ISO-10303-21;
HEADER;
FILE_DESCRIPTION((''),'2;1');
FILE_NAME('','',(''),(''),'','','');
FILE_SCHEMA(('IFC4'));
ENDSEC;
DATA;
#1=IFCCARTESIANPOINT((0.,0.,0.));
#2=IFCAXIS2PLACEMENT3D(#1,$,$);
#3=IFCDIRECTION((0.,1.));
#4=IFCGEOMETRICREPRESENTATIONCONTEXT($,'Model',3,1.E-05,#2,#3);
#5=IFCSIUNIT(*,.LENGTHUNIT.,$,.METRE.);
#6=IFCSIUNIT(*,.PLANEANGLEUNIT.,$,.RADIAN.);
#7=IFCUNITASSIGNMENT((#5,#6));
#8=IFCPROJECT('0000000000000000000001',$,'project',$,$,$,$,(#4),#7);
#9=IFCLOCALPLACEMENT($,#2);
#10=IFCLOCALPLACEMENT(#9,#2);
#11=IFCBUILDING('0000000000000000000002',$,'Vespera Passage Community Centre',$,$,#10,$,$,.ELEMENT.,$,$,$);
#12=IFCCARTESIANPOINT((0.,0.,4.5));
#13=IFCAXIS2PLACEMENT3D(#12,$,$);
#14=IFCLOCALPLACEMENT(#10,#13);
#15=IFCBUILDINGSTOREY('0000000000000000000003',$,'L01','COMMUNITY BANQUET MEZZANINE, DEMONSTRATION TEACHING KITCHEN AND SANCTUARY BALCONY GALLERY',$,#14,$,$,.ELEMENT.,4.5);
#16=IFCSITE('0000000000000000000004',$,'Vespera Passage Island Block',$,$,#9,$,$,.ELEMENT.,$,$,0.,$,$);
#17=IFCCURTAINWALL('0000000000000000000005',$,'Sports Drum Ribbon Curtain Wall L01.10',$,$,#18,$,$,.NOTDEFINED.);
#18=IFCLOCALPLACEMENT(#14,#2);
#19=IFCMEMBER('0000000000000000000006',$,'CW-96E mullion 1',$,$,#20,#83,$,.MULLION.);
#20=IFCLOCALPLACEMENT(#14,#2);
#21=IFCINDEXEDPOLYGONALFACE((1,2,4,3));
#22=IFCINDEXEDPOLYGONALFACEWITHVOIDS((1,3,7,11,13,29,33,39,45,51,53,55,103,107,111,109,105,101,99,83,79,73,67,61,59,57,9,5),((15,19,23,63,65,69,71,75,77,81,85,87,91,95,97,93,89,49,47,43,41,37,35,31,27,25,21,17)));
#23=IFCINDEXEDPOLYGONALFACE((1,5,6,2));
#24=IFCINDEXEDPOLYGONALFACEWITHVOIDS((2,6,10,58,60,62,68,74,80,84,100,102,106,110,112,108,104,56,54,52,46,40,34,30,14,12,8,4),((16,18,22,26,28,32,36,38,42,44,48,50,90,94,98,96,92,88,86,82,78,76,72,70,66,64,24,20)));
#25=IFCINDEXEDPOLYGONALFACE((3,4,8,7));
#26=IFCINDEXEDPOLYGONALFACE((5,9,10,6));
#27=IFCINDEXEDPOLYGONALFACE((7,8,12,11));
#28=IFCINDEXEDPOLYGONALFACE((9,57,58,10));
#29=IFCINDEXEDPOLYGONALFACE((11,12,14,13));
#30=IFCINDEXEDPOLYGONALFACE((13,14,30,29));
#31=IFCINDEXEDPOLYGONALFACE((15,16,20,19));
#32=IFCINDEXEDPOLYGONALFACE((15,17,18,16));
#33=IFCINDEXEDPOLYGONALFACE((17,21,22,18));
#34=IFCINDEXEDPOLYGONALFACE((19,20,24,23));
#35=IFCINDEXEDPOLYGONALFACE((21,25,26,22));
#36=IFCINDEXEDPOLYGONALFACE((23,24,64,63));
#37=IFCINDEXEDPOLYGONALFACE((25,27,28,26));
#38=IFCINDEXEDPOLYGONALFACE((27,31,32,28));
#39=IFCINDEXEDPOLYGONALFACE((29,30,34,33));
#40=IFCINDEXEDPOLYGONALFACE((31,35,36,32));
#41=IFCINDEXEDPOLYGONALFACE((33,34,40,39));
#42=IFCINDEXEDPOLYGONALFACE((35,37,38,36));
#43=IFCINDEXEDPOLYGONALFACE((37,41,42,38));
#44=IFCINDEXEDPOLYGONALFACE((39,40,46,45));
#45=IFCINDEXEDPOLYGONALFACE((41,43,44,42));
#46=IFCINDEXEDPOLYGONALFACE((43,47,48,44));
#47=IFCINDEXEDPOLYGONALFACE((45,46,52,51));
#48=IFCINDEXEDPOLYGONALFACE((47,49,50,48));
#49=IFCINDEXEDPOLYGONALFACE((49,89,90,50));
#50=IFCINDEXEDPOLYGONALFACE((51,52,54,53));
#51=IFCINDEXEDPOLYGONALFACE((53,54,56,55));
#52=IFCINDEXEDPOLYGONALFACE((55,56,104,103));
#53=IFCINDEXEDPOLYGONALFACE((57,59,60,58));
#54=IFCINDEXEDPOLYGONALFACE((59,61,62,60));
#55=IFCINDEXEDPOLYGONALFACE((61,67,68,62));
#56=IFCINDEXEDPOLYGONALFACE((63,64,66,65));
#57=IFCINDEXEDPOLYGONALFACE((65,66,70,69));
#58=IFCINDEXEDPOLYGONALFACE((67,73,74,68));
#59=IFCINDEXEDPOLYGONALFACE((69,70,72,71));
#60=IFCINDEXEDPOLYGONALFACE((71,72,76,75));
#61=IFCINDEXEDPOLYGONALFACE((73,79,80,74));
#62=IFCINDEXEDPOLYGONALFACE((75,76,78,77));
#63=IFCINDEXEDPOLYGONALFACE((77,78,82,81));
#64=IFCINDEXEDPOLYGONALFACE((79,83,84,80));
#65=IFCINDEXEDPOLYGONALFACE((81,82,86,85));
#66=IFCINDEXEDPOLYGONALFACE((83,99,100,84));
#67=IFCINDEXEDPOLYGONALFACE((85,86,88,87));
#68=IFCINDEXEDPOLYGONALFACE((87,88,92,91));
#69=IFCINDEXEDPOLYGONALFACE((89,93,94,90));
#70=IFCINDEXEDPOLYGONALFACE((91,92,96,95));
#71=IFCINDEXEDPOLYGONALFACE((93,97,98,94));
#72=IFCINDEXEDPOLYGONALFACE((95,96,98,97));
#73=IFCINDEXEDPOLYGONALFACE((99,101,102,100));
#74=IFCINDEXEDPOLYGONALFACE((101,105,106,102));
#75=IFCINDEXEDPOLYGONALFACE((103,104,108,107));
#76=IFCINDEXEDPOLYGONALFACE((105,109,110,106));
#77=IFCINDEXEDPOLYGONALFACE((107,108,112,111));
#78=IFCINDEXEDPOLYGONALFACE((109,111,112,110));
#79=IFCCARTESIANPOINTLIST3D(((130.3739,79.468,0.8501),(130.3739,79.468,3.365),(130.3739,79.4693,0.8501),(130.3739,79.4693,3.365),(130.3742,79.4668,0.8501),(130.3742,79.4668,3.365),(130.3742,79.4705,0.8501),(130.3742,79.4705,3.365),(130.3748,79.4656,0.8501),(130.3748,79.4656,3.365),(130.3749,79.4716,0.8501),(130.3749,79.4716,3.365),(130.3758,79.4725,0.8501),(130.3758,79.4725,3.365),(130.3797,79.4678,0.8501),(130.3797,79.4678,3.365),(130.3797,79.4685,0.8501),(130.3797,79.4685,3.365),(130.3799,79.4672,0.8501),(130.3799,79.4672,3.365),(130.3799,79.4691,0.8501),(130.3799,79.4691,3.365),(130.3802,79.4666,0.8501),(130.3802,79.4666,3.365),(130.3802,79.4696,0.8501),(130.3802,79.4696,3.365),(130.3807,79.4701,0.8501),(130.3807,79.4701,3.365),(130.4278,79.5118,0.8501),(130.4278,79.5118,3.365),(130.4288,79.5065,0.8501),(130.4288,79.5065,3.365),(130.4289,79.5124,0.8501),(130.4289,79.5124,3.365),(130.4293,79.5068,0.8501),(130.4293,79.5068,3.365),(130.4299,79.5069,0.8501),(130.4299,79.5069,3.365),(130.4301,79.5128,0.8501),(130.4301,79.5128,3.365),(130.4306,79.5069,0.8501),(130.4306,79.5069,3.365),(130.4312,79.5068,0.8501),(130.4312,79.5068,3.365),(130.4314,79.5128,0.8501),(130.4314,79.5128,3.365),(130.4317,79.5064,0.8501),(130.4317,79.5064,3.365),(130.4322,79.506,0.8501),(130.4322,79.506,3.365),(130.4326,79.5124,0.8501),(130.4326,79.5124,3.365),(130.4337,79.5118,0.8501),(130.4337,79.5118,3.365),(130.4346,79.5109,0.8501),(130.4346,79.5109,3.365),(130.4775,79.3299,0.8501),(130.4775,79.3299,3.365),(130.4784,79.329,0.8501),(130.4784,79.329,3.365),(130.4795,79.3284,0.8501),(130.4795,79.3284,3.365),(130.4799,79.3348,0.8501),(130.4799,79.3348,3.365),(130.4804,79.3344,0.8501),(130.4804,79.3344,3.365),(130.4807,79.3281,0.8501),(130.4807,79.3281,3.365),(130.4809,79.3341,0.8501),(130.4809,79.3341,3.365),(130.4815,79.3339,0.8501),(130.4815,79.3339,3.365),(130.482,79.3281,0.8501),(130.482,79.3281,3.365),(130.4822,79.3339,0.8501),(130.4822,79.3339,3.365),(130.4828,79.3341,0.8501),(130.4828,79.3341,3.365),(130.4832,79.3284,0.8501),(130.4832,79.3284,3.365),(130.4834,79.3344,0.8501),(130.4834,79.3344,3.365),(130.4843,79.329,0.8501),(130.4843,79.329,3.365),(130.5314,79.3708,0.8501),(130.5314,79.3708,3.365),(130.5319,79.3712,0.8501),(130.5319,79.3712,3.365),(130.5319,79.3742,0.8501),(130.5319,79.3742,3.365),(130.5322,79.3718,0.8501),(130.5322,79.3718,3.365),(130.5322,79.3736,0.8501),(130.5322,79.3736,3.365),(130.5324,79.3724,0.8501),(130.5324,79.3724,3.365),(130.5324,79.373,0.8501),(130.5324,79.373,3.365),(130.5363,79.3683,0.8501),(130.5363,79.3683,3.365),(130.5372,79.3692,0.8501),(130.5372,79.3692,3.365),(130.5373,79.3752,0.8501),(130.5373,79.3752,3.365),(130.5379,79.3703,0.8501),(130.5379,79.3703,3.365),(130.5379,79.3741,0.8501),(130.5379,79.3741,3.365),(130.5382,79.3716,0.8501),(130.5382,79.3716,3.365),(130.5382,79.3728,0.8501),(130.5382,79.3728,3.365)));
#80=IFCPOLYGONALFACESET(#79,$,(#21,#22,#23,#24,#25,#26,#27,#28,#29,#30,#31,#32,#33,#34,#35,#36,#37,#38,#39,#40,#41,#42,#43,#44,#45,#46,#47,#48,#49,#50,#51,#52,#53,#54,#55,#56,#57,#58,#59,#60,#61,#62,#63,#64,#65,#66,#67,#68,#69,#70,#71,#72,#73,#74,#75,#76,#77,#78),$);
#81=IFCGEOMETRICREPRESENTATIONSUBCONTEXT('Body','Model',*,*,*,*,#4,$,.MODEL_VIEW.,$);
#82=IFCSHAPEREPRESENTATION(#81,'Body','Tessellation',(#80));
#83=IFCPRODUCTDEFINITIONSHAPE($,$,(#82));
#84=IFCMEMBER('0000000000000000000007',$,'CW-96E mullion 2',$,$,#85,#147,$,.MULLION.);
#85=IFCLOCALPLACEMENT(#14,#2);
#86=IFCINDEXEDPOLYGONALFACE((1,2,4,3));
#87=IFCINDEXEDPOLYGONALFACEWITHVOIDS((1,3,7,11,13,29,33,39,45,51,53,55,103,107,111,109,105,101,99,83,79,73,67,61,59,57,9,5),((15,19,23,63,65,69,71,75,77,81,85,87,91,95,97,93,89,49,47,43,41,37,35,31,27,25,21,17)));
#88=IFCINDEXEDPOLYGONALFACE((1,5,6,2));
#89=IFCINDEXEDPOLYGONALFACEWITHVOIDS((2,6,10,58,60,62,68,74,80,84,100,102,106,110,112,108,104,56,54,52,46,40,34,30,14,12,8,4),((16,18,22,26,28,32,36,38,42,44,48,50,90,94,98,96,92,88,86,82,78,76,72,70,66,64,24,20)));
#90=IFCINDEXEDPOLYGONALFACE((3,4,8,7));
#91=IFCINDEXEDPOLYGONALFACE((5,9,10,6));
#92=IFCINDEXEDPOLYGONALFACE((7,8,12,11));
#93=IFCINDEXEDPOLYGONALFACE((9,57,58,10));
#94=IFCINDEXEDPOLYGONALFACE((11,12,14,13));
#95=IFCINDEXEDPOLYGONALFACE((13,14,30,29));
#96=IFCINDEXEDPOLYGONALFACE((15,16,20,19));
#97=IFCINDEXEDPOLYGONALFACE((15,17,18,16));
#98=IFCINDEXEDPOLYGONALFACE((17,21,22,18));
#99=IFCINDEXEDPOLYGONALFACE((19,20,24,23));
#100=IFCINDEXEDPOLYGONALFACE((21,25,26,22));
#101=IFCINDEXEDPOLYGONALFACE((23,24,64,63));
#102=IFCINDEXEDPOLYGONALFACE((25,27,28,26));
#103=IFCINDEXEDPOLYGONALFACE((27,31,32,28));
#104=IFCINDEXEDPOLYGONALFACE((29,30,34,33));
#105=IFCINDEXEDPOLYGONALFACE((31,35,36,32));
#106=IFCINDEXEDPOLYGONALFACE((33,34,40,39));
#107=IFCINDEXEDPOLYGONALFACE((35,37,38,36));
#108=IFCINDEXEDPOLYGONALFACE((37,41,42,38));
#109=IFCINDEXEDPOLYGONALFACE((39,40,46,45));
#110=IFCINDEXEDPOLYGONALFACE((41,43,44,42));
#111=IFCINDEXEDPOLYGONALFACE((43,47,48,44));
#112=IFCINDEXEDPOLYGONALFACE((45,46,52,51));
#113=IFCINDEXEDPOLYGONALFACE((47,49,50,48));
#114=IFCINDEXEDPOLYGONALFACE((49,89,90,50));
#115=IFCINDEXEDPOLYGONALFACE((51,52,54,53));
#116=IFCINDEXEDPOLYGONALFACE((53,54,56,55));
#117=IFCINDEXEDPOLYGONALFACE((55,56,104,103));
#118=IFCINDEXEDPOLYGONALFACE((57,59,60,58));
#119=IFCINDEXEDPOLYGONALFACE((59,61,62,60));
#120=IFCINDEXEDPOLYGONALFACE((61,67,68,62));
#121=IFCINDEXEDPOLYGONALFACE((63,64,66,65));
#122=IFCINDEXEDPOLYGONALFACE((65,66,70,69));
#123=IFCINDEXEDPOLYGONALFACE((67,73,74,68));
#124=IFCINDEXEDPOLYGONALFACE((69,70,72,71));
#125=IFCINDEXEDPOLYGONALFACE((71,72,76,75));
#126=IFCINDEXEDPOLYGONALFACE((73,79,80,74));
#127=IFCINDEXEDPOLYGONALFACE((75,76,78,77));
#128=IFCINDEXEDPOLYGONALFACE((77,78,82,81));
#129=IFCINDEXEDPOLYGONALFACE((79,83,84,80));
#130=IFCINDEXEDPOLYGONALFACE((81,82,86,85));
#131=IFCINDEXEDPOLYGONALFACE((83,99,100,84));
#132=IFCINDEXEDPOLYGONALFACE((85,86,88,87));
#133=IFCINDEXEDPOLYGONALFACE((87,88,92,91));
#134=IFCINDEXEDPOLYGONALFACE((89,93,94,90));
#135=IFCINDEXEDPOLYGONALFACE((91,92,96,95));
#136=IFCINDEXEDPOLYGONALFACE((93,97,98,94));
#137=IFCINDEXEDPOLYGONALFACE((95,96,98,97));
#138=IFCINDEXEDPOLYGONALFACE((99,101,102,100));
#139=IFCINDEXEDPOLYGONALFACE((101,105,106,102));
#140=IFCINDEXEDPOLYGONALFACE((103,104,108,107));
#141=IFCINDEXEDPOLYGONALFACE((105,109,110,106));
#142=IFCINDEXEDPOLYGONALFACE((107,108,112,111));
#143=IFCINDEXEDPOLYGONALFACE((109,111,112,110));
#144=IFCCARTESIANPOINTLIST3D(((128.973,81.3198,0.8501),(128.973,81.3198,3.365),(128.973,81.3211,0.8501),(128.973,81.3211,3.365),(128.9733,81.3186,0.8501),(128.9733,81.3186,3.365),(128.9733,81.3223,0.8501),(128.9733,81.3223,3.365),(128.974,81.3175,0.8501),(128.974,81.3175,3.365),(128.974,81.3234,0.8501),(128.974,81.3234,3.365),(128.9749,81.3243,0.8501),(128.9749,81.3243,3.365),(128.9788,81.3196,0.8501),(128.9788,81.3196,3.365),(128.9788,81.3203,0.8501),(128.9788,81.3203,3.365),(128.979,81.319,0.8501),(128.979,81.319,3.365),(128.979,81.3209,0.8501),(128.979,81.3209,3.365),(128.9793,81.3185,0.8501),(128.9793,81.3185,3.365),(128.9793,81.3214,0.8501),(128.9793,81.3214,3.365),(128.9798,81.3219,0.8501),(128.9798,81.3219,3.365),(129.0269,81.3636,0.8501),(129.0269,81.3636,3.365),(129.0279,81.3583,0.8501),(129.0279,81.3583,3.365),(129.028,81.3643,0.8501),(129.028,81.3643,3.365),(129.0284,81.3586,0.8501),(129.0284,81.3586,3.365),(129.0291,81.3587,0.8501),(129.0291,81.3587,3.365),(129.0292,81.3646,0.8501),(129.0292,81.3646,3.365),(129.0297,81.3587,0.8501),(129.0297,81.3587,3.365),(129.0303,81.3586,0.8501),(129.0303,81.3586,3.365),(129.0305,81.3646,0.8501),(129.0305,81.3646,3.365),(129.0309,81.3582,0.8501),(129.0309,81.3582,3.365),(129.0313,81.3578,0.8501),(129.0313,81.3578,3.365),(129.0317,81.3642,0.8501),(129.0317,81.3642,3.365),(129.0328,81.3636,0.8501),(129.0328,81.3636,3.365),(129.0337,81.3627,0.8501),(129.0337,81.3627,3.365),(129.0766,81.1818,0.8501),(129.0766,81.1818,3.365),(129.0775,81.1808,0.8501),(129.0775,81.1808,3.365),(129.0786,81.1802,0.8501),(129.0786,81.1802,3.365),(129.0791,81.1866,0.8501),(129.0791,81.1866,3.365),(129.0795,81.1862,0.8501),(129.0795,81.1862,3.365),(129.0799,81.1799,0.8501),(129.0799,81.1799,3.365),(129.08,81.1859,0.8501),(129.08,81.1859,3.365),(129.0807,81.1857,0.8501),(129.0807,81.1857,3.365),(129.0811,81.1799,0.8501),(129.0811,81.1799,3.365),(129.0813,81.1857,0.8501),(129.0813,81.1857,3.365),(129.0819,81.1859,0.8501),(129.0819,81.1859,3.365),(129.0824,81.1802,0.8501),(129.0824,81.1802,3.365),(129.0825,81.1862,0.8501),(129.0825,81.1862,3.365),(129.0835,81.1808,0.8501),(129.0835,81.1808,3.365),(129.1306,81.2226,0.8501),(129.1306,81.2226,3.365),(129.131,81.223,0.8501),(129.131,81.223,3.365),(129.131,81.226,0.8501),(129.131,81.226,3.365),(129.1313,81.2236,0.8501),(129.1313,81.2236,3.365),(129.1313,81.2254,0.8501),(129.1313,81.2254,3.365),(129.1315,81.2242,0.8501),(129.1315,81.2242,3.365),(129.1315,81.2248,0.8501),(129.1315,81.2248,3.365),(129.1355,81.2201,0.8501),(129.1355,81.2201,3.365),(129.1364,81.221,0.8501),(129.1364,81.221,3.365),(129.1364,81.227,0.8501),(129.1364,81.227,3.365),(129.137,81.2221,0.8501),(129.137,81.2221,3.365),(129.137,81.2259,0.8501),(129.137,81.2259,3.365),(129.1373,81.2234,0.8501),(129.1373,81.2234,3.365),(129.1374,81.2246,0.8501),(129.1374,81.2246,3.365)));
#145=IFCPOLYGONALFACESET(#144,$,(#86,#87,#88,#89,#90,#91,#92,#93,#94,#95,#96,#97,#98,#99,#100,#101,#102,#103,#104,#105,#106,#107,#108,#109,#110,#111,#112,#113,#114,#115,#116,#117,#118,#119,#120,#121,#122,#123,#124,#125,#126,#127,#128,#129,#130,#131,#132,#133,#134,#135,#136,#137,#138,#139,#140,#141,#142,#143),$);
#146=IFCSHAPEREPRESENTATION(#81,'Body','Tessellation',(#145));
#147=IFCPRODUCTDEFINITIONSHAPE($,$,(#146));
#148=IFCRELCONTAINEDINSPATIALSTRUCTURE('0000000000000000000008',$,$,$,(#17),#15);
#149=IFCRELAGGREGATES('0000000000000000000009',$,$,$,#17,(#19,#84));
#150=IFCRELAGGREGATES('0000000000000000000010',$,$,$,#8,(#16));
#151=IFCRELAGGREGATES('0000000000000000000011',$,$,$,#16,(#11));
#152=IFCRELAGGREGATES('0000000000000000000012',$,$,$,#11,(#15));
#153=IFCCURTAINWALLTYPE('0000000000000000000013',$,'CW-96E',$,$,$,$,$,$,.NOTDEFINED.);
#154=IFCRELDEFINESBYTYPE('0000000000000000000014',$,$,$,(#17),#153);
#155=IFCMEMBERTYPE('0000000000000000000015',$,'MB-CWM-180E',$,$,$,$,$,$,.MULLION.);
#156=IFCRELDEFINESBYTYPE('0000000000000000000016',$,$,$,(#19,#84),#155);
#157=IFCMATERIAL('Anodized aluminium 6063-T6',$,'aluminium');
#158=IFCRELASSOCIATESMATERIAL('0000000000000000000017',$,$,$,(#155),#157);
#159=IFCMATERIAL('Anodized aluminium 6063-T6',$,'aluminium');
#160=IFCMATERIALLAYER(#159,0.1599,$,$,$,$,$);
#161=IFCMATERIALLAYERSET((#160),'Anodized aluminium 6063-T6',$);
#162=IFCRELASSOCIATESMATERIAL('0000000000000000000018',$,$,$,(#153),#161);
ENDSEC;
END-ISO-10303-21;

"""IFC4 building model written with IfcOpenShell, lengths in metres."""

from ifc_helpers import new_model, si_unit, direction, frame, origin, origin_2d, place, context, subcontext, project, spatial, hollow_rectangle, extrude, material, layer, layer_set, material_profile, profile_set, type_object, element, aggregate, save


model = new_model("IFC4")

# Units and contexts
model_context = context("Model", 3, precision=1e-05, world=origin(), true_north=direction((0.0, 1.0)))
body_context = subcontext(model_context, "Body", "Model", "MODEL_VIEW")
ifc_project = project(units=[si_unit("LENGTHUNIT", "METRE"), si_unit("PLANEANGLEUNIT", "RADIAN")], contexts=[model_context])

# Site, building, storey
site_placement = place(None, origin())
site = spatial("IfcSite", under=ifc_project, at=site_placement, Name="Vespera Passage Island Block", CompositionType="ELEMENT", RefElevation=0.0)
building_placement = place(site_placement, origin())
building = spatial("IfcBuilding", under=site, at=building_placement, Name="Vespera Passage Community Centre", CompositionType="ELEMENT")
storey_placement = place(building_placement, frame((0.0, 0.0, 4.5)))
storey = spatial("IfcBuildingStorey", under=building, at=storey_placement, Name="L01", Description="COMMUNITY BANQUET MEZZANINE, DEMONSTRATION TEACHING KITCHEN AND SANCTUARY BALCONY GALLERY", CompositionType="ELEMENT", Elevation=4.5)

# Shared definitions
ifc_material_1 = material(Name="Anodized aluminium 6063-T6", Category="aluminium")
ifc_material_profile_1 = material_profile(ifc_material_1, hollow_rectangle(XDim=0.075, YDim=0.1799, WallThickness=0.0049, InnerFilletRadius=0.0024, OuterFilletRadius=0.0049, at=origin_2d()), Name="ALU180X75X5")
ifc_profile_set_1 = profile_set([ifc_material_profile_1], Name="Anodized aluminium 6063-T6")
member_type_1 = type_object("IfcMemberType", Name="MB-CWM-180E", PredefinedType="MULLION", material=ifc_profile_set_1)

# Curtain wall, members
ifc_material_2 = material(Name="Anodized aluminium 6063-T6", Category="aluminium")
ifc_layer_1 = layer(ifc_material_2, 0.1599)
ifc_layer_set_1 = layer_set([ifc_layer_1], Name="Anodized aluminium 6063-T6")
curtain_wall_type_1 = type_object("IfcCurtainWallType", Name="CW-96E", PredefinedType="NOTDEFINED", material=ifc_layer_set_1)
curtain_wall_1_placement = place(storey_placement, origin())
curtain_wall_1 = element("IfcCurtainWall", 1, at=curtain_wall_1_placement, inside=storey, type_object=curtain_wall_type_1, Name="Sports Drum Ribbon Curtain Wall L01.10", PredefinedType="NOTDEFINED")
member_1_placement = place(storey_placement, frame((130.4561, 79.4204, 0.8501), z_axis=(0.0, 0.0, 1.0), x_axis=(-0.797434, -0.603406, 0.0)))
member_1 = element("IfcMember", 2, at=member_1_placement, type_object=member_type_1, Name="CW-96E mullion 1", PredefinedType="MULLION", context=body_context, shape_type="SweptSolid", body=[
    extrude(hollow_rectangle(XDim=0.075, YDim=0.1799, WallThickness=0.0049, InnerFilletRadius=0.0024, OuterFilletRadius=0.0049, at=origin_2d()), origin(), (0.0, 0.0, 1.0), 2.5149),
])
member_2_placement = place(storey_placement, frame((129.0552, 81.2722, 0.8501), z_axis=(0.0, 0.0, 1.0), x_axis=(-0.797434, -0.603406, 0.0)))
member_2 = element("IfcMember", 3, at=member_2_placement, type_object=member_type_1, Name="CW-96E mullion 2", PredefinedType="MULLION", context=body_context, shape_type="SweptSolid", body=[
    extrude(hollow_rectangle(XDim=0.075, YDim=0.1799, WallThickness=0.0049, InnerFilletRadius=0.0024, OuterFilletRadius=0.0049, at=origin_2d()), origin(), (0.0, 0.0, 1.0), 2.5149),
])

aggregate(curtain_wall_1, [member_1, member_2])

save(model, "model.ifc")
